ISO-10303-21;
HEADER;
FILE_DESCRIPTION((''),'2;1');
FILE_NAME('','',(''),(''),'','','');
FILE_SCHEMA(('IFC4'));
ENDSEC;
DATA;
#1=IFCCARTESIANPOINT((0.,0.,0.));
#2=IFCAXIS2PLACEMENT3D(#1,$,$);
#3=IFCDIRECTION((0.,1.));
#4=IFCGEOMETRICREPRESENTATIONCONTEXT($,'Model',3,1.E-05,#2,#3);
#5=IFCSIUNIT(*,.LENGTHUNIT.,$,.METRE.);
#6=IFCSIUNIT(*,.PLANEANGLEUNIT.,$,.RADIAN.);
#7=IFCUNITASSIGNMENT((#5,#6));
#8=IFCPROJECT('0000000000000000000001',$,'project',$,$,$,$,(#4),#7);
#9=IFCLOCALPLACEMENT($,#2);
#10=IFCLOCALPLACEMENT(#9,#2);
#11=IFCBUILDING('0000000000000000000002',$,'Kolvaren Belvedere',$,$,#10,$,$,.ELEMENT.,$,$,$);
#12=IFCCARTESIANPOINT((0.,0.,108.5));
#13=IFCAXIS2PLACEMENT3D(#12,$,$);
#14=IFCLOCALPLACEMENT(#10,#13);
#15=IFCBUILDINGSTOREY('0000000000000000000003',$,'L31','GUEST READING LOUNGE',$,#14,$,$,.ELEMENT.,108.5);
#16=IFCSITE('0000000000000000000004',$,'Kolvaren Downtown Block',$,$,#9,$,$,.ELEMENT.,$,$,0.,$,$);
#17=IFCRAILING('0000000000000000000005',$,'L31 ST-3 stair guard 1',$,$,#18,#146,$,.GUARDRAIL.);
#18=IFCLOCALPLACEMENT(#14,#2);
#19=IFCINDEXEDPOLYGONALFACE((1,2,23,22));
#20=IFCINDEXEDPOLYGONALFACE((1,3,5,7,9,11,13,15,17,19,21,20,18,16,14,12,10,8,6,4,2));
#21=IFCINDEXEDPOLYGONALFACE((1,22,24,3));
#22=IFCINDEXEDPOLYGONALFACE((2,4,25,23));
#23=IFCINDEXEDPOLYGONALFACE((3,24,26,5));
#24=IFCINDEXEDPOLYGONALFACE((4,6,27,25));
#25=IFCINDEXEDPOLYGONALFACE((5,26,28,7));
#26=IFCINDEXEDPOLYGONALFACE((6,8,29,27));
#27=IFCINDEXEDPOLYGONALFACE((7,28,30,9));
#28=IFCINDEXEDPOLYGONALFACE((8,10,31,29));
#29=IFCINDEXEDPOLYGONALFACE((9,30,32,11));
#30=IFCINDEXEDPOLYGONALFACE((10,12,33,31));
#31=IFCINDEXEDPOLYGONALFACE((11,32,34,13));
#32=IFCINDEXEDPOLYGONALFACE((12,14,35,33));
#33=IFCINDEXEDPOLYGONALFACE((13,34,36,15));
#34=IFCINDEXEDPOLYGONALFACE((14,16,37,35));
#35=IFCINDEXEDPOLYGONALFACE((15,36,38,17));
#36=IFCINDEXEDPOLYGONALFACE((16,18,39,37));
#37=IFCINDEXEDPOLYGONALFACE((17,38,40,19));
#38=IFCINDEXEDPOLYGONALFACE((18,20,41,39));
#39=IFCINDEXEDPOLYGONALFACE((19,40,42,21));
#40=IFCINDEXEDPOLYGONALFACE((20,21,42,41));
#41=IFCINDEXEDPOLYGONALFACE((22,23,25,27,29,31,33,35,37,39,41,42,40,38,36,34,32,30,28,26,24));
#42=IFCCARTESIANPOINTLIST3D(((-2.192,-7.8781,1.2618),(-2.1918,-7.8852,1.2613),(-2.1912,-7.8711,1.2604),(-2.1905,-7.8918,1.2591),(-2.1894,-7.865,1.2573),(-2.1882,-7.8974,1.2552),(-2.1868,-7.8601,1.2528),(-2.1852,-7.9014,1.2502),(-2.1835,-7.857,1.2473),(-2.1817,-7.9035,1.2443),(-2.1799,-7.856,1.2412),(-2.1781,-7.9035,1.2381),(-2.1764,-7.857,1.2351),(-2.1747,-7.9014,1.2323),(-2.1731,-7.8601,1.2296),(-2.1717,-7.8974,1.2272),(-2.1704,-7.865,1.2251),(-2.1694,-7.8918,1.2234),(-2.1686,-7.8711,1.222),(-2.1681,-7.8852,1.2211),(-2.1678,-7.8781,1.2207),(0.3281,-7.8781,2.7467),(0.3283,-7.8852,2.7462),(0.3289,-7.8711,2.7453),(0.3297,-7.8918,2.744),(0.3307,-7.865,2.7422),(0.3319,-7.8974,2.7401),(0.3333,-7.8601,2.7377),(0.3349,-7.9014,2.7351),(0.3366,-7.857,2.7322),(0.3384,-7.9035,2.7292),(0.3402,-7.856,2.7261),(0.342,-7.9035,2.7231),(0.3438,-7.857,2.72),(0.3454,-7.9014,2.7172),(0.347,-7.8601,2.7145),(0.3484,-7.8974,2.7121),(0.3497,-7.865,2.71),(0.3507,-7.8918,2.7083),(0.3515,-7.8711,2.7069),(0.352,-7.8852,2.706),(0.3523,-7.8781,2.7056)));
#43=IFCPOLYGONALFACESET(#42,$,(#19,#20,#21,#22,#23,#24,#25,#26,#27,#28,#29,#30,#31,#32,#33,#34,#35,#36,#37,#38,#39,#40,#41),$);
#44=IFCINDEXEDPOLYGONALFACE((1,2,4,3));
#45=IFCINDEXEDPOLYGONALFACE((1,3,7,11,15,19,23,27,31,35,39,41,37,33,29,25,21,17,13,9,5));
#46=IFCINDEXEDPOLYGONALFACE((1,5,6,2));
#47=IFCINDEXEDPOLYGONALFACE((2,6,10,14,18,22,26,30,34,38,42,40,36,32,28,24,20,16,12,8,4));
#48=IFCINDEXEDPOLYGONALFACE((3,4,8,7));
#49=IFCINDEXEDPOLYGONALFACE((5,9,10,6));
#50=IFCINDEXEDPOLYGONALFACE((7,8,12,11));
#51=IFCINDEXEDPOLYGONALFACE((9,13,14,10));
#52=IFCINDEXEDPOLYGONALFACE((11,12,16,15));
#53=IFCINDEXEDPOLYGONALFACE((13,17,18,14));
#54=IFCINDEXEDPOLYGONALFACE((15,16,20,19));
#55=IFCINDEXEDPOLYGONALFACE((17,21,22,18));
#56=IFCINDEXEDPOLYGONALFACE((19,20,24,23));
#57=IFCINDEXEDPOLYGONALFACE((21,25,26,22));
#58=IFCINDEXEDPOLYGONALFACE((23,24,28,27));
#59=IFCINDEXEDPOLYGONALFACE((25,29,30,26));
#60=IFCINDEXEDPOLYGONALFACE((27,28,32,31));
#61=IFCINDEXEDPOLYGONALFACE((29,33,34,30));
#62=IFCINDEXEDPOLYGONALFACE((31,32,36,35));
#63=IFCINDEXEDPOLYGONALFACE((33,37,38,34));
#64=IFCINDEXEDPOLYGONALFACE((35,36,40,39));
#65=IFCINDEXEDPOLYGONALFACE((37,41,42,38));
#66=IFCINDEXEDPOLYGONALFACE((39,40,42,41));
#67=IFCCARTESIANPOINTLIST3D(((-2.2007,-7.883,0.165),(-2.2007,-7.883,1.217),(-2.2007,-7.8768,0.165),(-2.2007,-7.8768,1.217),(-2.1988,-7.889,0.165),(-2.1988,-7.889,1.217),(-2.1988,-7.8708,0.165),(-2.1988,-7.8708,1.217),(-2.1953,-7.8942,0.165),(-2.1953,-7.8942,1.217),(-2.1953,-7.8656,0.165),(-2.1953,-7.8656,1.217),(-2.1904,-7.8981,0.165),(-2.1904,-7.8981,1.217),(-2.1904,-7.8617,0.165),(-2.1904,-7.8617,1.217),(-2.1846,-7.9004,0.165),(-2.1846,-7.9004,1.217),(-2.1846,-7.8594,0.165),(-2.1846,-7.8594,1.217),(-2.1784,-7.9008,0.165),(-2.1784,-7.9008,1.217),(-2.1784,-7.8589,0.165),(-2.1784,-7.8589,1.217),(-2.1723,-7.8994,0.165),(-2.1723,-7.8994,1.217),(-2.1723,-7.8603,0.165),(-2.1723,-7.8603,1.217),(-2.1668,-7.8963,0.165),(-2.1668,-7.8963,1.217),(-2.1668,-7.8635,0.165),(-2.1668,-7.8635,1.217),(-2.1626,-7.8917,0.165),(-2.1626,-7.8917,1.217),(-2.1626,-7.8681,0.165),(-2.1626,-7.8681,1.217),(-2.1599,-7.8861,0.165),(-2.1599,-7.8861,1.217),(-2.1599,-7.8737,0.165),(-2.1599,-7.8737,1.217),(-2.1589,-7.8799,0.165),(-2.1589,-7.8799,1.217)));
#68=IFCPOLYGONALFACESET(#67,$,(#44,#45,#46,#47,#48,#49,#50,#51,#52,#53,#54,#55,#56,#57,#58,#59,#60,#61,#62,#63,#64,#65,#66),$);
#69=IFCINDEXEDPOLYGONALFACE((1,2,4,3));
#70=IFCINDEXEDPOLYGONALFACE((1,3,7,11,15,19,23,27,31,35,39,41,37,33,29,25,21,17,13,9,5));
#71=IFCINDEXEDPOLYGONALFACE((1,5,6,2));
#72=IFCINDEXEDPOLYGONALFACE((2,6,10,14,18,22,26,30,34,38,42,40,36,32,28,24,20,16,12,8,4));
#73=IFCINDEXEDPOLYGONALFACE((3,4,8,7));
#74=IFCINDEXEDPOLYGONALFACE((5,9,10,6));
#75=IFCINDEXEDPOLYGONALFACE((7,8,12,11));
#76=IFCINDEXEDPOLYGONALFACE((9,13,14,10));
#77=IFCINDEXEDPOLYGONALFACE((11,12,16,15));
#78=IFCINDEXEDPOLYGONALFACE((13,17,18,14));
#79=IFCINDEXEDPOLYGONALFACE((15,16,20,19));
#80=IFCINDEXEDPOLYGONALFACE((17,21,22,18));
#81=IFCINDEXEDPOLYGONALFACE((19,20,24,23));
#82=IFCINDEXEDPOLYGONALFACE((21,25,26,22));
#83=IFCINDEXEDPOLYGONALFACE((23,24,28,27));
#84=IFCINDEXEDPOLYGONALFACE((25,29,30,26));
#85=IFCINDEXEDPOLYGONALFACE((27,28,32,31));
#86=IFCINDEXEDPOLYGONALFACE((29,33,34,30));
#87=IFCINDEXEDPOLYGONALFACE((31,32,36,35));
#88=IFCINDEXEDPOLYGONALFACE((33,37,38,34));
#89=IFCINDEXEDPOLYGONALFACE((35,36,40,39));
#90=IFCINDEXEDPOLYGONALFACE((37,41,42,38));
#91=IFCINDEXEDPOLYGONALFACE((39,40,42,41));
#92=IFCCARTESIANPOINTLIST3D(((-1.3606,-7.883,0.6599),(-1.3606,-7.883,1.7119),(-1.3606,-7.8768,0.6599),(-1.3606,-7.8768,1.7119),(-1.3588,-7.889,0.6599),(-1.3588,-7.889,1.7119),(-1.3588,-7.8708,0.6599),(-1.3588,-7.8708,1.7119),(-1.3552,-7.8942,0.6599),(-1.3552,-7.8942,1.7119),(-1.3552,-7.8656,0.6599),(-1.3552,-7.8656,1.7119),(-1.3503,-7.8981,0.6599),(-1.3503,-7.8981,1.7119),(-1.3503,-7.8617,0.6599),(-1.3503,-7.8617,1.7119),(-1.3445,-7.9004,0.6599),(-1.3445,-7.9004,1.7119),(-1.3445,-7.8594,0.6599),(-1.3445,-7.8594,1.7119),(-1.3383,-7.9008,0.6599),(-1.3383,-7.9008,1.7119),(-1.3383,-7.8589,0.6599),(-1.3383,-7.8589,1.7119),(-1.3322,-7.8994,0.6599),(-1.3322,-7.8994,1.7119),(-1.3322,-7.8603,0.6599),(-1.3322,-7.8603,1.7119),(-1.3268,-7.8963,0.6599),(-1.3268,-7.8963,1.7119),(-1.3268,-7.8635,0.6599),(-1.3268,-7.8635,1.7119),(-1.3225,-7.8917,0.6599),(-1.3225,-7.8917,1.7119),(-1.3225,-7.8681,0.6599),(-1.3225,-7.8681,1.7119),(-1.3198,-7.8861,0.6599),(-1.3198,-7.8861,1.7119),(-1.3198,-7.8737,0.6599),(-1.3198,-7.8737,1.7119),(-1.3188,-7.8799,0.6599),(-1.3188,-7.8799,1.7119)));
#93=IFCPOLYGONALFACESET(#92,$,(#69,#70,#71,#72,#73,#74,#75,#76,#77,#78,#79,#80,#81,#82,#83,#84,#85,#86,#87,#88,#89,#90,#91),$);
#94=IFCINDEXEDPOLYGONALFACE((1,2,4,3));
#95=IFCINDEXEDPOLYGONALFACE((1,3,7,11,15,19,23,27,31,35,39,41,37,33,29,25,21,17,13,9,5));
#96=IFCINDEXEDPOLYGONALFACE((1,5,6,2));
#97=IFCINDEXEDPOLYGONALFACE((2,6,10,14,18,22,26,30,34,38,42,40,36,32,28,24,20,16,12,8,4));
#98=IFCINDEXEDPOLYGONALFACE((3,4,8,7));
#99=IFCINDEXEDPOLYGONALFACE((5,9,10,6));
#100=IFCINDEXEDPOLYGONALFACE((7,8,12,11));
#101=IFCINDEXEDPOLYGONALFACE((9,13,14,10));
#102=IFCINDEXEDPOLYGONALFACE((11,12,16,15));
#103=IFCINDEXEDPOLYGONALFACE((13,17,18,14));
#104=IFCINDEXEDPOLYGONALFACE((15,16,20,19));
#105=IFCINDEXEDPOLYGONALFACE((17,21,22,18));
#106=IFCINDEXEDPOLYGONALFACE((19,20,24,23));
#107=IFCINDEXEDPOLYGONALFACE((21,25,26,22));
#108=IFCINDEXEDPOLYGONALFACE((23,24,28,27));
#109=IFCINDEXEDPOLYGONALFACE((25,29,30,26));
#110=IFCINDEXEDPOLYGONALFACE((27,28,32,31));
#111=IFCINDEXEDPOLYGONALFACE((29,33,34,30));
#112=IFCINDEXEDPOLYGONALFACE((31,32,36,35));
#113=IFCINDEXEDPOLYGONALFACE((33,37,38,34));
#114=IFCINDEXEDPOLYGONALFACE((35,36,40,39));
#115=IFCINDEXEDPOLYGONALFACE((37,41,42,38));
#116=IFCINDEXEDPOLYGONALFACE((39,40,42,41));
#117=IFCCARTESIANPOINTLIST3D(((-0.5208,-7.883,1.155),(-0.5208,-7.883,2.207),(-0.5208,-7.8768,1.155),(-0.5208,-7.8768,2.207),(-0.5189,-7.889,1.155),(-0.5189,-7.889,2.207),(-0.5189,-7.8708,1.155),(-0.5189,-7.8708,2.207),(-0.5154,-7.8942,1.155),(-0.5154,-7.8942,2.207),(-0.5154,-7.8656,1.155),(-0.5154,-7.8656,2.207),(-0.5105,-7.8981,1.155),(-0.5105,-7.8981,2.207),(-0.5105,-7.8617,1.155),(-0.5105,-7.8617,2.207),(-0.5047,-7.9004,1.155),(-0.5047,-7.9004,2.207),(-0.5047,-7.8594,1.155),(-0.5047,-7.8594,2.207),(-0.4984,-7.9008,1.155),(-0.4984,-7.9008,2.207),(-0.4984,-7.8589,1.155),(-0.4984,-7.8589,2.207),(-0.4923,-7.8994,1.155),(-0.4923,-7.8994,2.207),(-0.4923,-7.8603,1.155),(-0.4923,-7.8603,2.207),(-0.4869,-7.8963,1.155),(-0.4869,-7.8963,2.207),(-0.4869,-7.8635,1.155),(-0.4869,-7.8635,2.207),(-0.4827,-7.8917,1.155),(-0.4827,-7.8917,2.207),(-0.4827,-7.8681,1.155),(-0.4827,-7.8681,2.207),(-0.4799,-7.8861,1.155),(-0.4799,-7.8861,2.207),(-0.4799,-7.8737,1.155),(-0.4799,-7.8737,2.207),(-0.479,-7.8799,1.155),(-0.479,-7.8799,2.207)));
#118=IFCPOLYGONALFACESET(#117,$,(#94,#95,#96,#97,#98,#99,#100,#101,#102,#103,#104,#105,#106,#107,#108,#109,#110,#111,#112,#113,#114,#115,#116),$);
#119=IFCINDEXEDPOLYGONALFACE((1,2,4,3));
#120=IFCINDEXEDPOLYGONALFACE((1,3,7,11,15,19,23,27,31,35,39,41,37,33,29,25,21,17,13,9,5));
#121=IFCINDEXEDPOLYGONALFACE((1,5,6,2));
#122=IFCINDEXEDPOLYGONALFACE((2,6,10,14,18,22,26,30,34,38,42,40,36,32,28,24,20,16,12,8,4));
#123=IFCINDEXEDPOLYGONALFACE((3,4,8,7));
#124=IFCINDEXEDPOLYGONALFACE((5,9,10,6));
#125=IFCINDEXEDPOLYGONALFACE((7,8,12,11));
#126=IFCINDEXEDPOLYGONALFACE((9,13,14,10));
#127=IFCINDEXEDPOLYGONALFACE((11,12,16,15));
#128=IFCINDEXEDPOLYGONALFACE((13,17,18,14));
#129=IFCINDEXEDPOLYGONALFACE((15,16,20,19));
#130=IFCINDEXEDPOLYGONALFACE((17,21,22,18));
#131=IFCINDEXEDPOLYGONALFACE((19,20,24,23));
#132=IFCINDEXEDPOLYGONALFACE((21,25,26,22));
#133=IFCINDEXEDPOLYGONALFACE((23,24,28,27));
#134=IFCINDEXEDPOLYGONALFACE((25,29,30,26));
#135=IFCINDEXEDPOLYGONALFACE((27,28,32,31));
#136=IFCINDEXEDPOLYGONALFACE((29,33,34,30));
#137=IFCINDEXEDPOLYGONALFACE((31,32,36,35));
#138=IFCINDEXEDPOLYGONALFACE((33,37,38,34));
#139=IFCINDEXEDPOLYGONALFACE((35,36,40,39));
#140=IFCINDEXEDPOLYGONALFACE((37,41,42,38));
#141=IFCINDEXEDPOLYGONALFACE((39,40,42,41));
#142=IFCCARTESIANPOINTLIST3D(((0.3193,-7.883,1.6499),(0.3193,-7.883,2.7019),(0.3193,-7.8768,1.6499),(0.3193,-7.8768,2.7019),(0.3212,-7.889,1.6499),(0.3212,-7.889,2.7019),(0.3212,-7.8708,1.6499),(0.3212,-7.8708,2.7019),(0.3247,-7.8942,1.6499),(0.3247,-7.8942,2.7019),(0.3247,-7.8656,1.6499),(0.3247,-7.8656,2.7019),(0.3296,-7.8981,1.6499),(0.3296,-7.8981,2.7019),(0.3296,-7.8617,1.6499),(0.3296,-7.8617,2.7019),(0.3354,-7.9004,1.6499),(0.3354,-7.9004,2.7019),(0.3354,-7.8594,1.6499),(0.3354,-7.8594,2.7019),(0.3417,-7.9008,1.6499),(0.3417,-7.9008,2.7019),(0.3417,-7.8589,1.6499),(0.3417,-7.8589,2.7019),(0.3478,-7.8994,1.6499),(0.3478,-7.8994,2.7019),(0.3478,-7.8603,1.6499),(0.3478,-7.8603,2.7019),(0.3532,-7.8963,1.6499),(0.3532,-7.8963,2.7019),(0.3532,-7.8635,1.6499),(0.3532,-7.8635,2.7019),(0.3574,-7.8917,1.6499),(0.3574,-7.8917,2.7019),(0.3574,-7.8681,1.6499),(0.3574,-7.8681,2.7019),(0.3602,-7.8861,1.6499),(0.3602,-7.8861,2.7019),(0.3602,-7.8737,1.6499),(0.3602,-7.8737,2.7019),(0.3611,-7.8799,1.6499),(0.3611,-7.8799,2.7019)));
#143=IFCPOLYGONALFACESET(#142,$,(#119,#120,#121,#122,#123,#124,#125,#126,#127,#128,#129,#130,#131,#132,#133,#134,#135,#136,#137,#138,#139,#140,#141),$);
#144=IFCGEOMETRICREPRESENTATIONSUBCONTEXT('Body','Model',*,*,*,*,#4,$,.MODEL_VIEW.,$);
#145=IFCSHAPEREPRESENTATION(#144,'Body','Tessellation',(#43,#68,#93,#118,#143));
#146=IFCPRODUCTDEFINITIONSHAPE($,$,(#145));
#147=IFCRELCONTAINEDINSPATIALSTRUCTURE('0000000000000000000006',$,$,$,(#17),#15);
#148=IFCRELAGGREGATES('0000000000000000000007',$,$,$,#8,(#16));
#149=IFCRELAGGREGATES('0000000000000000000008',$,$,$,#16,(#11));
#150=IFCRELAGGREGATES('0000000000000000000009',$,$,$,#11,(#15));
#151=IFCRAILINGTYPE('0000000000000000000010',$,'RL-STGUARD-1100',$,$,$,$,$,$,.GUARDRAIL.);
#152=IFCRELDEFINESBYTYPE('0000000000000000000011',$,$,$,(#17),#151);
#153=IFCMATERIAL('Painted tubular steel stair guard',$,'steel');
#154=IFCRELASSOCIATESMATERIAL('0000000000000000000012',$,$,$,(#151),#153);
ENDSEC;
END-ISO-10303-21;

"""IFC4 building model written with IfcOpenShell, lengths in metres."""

from ifc_helpers import new_model, si_unit, direction, frame, origin, origin_2d, place, context, subcontext, project, spatial, circle, extrude, material, type_object, element, save


model = new_model("IFC4")

# Units and contexts
model_context = context("Model", 3, precision=1e-05, world=origin(), true_north=direction((0.0, 1.0)))
body_context = subcontext(model_context, "Body", "Model", "MODEL_VIEW")
ifc_project = project(units=[si_unit("LENGTHUNIT", "METRE"), si_unit("PLANEANGLEUNIT", "RADIAN")], contexts=[model_context])

# Site, building, storey
site_placement = place(None, origin())
site = spatial("IfcSite", under=ifc_project, at=site_placement, Name="Kolvaren Downtown Block", CompositionType="ELEMENT", RefElevation=0.0)
building_placement = place(site_placement, origin())
building = spatial("IfcBuilding", under=site, at=building_placement, Name="Kolvaren Belvedere", CompositionType="ELEMENT")
storey_placement = place(building_placement, frame((0.0, 0.0, 108.5)))
storey = spatial("IfcBuildingStorey", under=building, at=storey_placement, Name="L31", Description="GUEST READING LOUNGE", CompositionType="ELEMENT", Elevation=108.5)

# Railing
ifc_material_1 = material(Name="Painted tubular steel stair guard", Category="steel")
railing_type_1 = type_object("IfcRailingType", Name="RL-STGUARD-1100", PredefinedType="GUARDRAIL", material=ifc_material_1)
railing_1_placement = place(storey_placement, frame((-2.1799, -7.8799, 0.165)))
element("IfcRailing", 1, at=railing_1_placement, inside=storey, type_object=railing_type_1, Name="L31 ST-3 stair guard 1", PredefinedType="GUARDRAIL", context=body_context, shape_type="SweptSolid", body=[
    extrude(circle(Radius=0.0239, at=origin_2d()), frame((0.0, 0.0, 1.0762), z_axis=(0.861561, 0.0, 0.507655), x_axis=(0.0, 1.0, 0.0)), (0.0, 0.0, 1.0), 2.925),
    extrude(circle(Radius=0.021, at=origin_2d()), origin(), (0.0, 0.0, 1.0), 1.052),
    extrude(circle(Radius=0.021, at=origin_2d()), frame((0.8401, 0.0, 0.4949)), (0.0, 0.0, 1.0), 1.052),
    extrude(circle(Radius=0.021, at=origin_2d()), frame((1.6799, 0.0, 0.99)), (0.0, 0.0, 1.0), 1.052),
    extrude(circle(Radius=0.021, at=origin_2d()), frame((2.52, 0.0, 1.4849)), (0.0, 0.0, 1.0), 1.052),
])

save(model, "model.ifc")
